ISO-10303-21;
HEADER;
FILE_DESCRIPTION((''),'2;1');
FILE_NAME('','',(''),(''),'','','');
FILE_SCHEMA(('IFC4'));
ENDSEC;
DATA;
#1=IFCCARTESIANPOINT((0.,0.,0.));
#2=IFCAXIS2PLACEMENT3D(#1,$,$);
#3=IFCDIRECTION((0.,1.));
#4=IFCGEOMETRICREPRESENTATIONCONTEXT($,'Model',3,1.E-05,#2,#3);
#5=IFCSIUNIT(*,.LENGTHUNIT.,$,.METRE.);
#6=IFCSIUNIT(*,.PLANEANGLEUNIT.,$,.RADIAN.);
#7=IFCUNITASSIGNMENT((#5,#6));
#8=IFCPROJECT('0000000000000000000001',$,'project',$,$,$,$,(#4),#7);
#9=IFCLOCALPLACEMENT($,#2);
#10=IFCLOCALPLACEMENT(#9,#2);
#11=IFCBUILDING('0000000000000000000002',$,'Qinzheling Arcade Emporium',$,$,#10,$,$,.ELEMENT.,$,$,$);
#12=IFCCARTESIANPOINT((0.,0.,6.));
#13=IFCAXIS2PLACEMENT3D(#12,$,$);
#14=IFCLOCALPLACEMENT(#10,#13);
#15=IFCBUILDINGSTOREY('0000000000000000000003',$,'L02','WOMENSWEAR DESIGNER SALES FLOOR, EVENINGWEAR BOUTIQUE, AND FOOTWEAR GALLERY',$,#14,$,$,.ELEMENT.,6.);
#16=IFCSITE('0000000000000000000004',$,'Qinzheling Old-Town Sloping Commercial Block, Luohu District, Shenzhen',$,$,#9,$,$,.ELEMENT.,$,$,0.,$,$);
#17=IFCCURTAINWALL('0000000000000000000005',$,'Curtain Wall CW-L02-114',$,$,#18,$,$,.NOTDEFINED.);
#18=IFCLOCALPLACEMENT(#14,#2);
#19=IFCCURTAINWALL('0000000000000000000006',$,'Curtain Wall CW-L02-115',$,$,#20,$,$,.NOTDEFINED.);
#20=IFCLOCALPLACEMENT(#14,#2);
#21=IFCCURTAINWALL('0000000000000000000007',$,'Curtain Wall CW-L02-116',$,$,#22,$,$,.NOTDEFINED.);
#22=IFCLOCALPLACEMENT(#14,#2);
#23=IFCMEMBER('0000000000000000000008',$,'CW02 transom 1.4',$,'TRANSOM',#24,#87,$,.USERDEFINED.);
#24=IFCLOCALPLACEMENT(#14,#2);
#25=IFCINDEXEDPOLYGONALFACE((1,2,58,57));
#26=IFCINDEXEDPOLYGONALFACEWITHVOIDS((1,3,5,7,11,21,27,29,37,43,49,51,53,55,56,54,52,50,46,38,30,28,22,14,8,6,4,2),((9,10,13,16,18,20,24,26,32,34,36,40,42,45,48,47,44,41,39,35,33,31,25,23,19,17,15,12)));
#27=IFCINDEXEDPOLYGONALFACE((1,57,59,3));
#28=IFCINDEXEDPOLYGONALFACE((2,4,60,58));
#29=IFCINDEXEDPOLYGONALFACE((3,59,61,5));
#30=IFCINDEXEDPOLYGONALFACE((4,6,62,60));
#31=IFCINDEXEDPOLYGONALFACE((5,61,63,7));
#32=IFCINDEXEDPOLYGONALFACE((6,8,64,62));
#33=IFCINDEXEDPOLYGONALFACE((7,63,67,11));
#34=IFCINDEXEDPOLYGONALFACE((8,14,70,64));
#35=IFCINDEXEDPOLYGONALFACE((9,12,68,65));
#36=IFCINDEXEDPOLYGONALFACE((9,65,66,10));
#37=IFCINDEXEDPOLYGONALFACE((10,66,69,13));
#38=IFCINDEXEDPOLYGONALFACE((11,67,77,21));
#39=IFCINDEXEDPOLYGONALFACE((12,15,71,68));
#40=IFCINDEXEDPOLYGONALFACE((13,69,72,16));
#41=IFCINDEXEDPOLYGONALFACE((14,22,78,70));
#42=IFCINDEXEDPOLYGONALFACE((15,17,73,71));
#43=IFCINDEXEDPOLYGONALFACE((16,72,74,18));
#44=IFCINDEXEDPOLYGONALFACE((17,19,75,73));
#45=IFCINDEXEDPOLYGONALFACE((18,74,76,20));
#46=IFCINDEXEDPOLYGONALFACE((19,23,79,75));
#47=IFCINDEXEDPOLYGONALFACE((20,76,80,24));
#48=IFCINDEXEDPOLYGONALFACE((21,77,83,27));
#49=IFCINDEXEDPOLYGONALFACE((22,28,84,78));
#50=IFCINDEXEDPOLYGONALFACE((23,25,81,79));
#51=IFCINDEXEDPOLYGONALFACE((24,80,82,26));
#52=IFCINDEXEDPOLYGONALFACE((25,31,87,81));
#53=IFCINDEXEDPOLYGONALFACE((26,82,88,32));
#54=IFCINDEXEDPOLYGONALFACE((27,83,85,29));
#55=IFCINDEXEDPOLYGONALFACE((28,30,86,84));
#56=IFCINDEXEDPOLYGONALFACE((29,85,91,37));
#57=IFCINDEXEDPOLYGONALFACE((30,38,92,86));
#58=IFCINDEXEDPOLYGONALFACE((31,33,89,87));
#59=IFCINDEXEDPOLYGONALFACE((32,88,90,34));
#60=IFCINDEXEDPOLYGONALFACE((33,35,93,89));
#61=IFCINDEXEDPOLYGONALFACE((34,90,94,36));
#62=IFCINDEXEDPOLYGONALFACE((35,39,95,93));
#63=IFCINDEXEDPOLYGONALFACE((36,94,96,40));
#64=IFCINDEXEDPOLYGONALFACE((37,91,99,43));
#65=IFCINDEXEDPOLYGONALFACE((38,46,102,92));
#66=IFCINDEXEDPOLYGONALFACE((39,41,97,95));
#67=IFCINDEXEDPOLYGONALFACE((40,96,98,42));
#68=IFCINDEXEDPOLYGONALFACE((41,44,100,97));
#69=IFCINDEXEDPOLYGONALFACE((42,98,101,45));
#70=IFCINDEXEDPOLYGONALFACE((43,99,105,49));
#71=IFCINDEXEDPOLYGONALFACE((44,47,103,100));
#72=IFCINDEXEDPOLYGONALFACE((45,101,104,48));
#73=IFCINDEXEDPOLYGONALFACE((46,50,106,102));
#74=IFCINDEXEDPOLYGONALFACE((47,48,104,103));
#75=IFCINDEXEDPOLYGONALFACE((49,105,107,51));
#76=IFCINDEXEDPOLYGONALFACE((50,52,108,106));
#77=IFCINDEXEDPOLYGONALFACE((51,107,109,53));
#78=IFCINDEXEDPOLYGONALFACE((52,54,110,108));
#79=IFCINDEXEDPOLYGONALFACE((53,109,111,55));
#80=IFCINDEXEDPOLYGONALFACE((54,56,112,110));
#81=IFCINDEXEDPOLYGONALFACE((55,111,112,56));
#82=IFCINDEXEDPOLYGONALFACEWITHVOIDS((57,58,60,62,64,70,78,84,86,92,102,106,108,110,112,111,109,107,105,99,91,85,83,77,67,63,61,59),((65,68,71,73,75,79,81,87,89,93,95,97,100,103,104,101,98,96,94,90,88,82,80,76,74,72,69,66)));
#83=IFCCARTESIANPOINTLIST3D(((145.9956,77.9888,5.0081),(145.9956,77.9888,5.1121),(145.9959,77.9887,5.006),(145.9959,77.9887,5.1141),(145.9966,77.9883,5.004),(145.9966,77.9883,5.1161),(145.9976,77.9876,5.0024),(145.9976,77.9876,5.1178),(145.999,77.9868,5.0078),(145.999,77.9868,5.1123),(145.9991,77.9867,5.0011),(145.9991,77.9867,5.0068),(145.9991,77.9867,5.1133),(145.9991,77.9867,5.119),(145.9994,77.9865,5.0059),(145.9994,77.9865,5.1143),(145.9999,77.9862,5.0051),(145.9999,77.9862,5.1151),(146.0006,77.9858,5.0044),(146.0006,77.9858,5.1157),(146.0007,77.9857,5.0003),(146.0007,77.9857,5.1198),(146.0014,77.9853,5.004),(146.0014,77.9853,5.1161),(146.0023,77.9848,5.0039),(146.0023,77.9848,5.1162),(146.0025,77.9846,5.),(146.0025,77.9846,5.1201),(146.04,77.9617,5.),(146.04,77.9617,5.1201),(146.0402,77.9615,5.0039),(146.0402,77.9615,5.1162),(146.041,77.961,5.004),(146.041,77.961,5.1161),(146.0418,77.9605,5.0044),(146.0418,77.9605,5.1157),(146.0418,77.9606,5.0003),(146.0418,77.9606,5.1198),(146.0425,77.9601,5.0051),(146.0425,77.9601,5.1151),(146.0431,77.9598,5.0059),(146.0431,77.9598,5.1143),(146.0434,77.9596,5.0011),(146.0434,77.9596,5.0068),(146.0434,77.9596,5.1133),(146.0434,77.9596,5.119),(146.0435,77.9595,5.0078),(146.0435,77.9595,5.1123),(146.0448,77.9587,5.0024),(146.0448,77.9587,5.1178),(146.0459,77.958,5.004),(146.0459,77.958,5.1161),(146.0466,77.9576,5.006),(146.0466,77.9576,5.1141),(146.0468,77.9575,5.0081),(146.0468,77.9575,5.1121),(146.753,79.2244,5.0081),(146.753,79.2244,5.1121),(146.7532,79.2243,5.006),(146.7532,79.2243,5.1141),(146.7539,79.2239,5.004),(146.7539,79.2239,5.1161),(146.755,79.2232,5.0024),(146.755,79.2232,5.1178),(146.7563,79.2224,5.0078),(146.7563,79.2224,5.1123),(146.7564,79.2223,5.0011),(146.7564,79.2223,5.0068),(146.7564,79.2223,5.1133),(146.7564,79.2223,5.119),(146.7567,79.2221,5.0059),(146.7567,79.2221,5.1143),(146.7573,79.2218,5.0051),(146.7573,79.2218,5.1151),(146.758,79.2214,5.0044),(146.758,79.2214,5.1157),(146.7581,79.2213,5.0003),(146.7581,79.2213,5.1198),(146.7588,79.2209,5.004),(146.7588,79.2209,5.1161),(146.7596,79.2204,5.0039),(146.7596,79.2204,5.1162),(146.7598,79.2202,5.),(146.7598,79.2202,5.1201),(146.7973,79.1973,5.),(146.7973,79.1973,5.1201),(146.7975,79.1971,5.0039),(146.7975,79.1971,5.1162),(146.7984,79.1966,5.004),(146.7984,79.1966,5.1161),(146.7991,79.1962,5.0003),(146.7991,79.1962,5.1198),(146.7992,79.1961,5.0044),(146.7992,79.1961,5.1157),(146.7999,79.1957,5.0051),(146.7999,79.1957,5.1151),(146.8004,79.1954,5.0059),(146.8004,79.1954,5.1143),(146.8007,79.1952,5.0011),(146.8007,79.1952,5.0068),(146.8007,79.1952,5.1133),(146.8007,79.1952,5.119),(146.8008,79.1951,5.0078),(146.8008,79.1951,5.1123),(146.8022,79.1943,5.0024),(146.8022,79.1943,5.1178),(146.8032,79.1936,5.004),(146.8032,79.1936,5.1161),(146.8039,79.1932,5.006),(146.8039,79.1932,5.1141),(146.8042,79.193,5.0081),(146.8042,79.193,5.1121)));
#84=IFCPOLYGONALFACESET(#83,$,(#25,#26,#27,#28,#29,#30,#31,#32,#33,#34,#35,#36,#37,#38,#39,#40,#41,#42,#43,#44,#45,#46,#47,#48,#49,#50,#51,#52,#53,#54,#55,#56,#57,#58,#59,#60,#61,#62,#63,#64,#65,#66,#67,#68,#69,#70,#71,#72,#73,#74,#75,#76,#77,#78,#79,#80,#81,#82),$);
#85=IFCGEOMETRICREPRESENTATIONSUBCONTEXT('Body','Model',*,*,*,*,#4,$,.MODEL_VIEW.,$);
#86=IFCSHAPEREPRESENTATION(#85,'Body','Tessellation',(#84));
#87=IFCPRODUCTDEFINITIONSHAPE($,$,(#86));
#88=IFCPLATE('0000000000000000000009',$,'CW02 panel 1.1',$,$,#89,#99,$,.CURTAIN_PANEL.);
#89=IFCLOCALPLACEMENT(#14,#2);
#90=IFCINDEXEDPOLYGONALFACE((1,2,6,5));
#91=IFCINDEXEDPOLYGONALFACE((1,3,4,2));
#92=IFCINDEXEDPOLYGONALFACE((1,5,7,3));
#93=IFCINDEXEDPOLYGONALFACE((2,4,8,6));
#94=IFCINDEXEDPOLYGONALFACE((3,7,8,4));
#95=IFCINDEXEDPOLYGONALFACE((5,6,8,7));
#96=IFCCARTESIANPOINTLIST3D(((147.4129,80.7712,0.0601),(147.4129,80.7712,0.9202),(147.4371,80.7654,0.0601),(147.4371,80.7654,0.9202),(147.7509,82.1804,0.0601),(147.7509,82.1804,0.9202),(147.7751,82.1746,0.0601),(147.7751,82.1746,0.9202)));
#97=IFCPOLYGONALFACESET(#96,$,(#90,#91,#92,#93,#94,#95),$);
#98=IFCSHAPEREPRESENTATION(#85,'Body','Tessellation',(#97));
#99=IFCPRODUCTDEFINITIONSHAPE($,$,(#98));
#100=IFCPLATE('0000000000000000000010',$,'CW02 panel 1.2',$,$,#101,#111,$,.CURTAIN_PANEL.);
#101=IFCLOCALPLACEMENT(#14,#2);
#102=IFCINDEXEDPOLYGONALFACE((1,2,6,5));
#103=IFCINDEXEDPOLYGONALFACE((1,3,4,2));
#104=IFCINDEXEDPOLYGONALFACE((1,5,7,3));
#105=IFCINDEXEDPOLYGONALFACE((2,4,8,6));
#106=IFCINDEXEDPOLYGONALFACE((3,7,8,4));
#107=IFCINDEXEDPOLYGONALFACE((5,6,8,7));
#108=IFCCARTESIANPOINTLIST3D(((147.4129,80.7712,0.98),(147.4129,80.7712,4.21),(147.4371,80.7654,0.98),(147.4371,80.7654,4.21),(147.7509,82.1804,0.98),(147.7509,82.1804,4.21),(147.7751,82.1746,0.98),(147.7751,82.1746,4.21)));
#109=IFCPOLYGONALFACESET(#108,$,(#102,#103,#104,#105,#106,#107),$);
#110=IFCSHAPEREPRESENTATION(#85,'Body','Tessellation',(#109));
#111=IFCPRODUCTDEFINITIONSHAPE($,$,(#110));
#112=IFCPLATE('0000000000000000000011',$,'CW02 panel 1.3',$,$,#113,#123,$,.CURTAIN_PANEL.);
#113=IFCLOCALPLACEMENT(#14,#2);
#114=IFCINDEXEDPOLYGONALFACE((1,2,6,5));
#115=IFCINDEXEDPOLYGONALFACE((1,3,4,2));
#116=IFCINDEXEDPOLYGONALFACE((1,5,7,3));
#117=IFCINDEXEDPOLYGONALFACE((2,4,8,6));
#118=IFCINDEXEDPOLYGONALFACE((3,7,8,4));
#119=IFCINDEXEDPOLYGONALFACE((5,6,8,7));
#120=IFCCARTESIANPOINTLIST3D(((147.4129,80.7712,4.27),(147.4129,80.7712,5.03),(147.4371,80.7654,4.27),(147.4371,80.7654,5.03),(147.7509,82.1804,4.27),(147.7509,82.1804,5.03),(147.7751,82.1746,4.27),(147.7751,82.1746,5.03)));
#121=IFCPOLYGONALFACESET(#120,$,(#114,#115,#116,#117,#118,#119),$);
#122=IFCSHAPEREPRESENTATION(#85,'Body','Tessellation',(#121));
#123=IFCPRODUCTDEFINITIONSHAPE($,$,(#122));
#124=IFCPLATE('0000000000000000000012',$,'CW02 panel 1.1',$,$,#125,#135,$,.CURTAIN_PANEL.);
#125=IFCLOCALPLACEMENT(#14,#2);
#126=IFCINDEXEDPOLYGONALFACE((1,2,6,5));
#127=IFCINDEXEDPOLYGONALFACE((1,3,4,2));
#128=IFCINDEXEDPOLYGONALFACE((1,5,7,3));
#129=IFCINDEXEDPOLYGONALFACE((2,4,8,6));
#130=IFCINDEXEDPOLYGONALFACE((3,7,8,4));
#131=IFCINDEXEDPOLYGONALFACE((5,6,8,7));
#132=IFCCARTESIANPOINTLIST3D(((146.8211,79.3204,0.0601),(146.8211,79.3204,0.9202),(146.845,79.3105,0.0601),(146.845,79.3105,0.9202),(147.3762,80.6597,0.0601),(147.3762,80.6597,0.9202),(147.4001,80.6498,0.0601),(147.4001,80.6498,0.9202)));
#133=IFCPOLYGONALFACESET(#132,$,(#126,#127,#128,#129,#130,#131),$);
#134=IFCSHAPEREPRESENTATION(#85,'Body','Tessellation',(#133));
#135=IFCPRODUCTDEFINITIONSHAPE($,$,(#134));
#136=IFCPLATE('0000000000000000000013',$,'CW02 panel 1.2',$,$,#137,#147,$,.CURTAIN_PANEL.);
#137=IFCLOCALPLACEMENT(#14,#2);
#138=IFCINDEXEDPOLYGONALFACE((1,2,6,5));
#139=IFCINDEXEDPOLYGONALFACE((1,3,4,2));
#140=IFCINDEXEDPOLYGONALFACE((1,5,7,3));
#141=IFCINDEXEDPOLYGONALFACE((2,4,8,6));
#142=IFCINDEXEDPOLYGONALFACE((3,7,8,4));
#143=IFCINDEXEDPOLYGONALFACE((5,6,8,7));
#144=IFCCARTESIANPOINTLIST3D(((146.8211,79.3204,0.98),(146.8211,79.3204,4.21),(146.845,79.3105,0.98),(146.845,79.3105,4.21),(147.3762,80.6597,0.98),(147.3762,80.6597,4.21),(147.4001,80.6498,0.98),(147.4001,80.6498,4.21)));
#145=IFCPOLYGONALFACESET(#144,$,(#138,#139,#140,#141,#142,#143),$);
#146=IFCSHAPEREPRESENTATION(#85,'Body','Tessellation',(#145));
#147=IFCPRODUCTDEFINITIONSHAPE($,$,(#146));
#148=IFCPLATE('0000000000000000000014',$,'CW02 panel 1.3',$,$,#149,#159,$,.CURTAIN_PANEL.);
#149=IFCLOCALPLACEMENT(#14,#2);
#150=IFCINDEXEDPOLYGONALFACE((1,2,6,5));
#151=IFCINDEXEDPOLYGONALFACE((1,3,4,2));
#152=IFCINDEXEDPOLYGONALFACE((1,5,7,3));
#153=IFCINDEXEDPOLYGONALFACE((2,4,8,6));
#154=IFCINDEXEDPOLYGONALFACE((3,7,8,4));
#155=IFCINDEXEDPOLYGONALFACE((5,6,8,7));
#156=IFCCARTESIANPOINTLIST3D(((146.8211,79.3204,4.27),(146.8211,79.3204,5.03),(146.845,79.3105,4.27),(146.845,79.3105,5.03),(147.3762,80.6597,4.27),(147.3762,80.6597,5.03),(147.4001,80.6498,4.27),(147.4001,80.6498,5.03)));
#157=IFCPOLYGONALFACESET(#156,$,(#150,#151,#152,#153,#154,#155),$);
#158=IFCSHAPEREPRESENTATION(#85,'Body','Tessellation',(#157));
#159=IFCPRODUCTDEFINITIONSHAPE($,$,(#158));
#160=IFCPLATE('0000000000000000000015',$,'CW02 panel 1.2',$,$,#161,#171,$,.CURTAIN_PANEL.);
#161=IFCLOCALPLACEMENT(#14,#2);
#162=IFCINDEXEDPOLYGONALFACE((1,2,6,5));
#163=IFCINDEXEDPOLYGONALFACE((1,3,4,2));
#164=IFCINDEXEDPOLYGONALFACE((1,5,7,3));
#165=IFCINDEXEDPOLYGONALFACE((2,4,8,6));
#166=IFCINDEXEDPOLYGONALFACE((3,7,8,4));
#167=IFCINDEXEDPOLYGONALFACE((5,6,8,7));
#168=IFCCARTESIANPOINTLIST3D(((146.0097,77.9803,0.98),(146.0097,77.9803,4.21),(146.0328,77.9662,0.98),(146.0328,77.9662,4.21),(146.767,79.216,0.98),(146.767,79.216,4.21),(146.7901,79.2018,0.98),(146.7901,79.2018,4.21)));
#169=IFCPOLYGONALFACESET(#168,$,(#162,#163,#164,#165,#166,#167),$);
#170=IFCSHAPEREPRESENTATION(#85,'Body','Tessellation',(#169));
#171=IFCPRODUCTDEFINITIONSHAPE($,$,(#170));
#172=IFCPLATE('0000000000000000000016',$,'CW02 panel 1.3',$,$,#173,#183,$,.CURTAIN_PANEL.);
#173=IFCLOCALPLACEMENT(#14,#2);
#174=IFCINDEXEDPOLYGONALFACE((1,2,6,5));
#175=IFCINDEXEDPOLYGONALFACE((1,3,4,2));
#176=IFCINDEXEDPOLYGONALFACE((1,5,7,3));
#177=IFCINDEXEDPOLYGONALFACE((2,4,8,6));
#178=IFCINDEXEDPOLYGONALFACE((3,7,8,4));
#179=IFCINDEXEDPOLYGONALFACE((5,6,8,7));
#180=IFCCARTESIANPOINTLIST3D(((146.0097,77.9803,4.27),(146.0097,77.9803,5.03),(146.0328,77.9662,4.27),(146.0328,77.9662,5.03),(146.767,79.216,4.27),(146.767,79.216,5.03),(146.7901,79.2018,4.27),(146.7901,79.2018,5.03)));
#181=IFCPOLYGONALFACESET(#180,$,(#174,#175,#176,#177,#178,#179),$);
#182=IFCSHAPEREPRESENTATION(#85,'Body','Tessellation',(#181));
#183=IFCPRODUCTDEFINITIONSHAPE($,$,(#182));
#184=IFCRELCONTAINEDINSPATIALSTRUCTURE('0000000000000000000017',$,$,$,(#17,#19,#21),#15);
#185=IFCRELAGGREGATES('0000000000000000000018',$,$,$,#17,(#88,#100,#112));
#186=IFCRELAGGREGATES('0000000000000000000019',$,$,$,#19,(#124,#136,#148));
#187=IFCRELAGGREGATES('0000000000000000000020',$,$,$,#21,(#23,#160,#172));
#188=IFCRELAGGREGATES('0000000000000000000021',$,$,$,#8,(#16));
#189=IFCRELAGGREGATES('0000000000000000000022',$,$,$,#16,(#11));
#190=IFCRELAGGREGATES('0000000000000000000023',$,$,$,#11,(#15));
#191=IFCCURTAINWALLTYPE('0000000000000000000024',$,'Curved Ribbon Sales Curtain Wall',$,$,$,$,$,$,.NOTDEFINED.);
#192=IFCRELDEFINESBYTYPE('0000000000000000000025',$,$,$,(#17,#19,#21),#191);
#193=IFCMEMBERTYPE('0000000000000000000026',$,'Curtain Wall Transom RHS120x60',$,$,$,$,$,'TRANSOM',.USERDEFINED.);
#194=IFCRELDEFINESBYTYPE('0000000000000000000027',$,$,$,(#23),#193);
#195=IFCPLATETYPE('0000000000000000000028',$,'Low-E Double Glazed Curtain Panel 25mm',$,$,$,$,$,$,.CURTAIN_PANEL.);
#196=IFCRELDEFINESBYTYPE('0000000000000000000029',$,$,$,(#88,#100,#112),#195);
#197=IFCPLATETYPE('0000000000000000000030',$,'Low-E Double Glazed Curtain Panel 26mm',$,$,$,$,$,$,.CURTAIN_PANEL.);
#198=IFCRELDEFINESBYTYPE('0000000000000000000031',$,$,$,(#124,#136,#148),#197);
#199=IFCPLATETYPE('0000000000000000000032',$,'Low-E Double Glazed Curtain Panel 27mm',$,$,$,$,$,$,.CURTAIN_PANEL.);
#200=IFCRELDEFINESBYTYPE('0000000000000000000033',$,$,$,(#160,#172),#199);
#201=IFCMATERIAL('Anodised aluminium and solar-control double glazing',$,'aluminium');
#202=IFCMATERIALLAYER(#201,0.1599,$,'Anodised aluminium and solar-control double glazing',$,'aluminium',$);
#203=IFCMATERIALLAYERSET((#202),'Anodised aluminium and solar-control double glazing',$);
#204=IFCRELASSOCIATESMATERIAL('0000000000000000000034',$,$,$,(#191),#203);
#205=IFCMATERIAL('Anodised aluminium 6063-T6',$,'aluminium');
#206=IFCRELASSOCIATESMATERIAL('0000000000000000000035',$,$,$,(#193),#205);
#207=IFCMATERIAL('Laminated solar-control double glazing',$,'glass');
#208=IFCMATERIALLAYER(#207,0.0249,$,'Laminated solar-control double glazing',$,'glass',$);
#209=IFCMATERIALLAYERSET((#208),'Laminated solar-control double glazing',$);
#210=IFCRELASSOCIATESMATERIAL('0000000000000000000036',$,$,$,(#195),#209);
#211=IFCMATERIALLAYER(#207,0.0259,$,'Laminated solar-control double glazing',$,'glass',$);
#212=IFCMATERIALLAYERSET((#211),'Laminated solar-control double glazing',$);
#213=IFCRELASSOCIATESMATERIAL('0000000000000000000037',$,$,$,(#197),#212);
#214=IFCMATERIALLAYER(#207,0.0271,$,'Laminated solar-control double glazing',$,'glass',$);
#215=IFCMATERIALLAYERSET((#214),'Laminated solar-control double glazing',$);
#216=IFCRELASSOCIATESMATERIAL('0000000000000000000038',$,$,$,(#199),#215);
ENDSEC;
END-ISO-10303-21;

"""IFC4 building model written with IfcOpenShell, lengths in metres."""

from ifc_helpers import new_model, si_unit, direction, frame, origin, origin_2d, place, context, subcontext, project, spatial, rectangle, hollow_rectangle, extrude, material, layer, layer_set, material_profile, profile_set, type_object, element, aggregate, save


model = new_model("IFC4")

# Units and contexts
model_context = context("Model", 3, precision=1e-05, world=origin(), true_north=direction((0.0, 1.0)))
body_context = subcontext(model_context, "Body", "Model", "MODEL_VIEW")
ifc_project = project(units=[si_unit("LENGTHUNIT", "METRE"), si_unit("PLANEANGLEUNIT", "RADIAN")], contexts=[model_context])

# Site, building, storey
site_placement = place(None, origin())
site = spatial("IfcSite", under=ifc_project, at=site_placement, Name="Qinzheling Old-Town Sloping Commercial Block, Luohu District, Shenzhen", CompositionType="ELEMENT", RefElevation=0.0)
building_placement = place(site_placement, origin())
building = spatial("IfcBuilding", under=site, at=building_placement, Name="Qinzheling Arcade Emporium", CompositionType="ELEMENT")
storey_placement = place(building_placement, frame((0.0, 0.0, 6.0)))
storey = spatial("IfcBuildingStorey", under=building, at=storey_placement, Name="L02", Description="WOMENSWEAR DESIGNER SALES FLOOR, EVENINGWEAR BOUTIQUE, AND FOOTWEAR GALLERY", CompositionType="ELEMENT", Elevation=6.0)

# Curtain wall
ifc_material_1 = material(Name="Anodised aluminium and solar-control double glazing", Category="aluminium")
ifc_layer_1 = layer(ifc_material_1, 0.1599, Name="Anodised aluminium and solar-control double glazing", Category="aluminium")
ifc_layer_set_1 = layer_set([ifc_layer_1], Name="Anodised aluminium and solar-control double glazing")
curtain_wall_type = type_object("IfcCurtainWallType", Name="Curved Ribbon Sales Curtain Wall", PredefinedType="NOTDEFINED", material=ifc_layer_set_1)
curtain_wall_1_placement = place(storey_placement, origin())
curtain_wall_1 = element("IfcCurtainWall", 1, at=curtain_wall_1_placement, inside=storey, type_object=curtain_wall_type, Name="Curtain Wall CW-L02-114", PredefinedType="NOTDEFINED")
ifc_material_2 = material(Name="Anodised aluminium 6063-T6", Category="aluminium")

# Curtain wall
curtain_wall_2_placement = place(storey_placement, origin())
curtain_wall_2 = element("IfcCurtainWall", 2, at=curtain_wall_2_placement, inside=storey, type_object=curtain_wall_type, Name="Curtain Wall CW-L02-115", PredefinedType="NOTDEFINED")

# Curtain wall
curtain_wall_3_placement = place(storey_placement, origin())
curtain_wall_3 = element("IfcCurtainWall", 3, at=curtain_wall_3_placement, inside=storey, type_object=curtain_wall_type, Name="Curtain Wall CW-L02-116", PredefinedType="NOTDEFINED")

# Member
ifc_material_profile_1 = material_profile(ifc_material_2, hollow_rectangle(XDim=0.0601, YDim=0.1201, WallThickness=0.0039, InnerFilletRadius=0.0039, OuterFilletRadius=0.0081, at=origin_2d()), Name="RHS 120x60x4", Category="aluminium")
ifc_profile_set_1 = profile_set([ifc_material_profile_1], Name="Anodised aluminium 6063-T6")
member_type_1 = type_object("IfcMemberType", Name="Curtain Wall Transom RHS120x60", ElementType="TRANSOM", PredefinedType="USERDEFINED", material=ifc_profile_set_1)
member_1_placement = place(storey_placement, frame((146.7786, 79.2087, 5.0601), z_axis=(-0.522574, -0.852594, 0.0), x_axis=(0.852594, -0.522574, 0.0)))
member_1 = element("IfcMember", 4, at=member_1_placement, type_object=member_type_1, Name="CW02 transom 1.4", ObjectType="TRANSOM", PredefinedType="USERDEFINED", context=body_context, shape_type="SweptSolid", body=[
    extrude(hollow_rectangle(XDim=0.0601, YDim=0.1201, WallThickness=0.0039, InnerFilletRadius=0.0039, OuterFilletRadius=0.0081, at=origin_2d()), origin(), (0.0, 0.0, 1.0), 1.4492),
])

# Plates
ifc_material_3 = material(Name="Laminated solar-control double glazing", Category="glass")
ifc_layer_2 = layer(ifc_material_3, 0.0249, Name="Laminated solar-control double glazing", Category="glass")
ifc_layer_set_2 = layer_set([ifc_layer_2], Name="Laminated solar-control double glazing")
plate_type_1 = type_object("IfcPlateType", Name="Low-E Double Glazed Curtain Panel 25mm", PredefinedType="CURTAIN_PANEL", material=ifc_layer_set_2)
plate_1_placement = place(storey_placement, frame((147.594, 81.4729, 0.0601), z_axis=(0.0, 0.0, 1.0), x_axis=(-0.233228, -0.972422, 0.0)))
plate_1 = element("IfcPlate", 5, at=plate_1_placement, type_object=plate_type_1, Name="CW02 panel 1.1", PredefinedType="CURTAIN_PANEL", context=body_context, shape_type="SweptSolid", body=[
    extrude(rectangle(XDim=1.4492, YDim=0.0249, at=origin_2d()), origin(), (0.0, 0.0, 1.0), 0.8601),
])
plate_2_placement = place(storey_placement, frame((147.594, 81.4729, 0.98), z_axis=(0.0, 0.0, 1.0), x_axis=(-0.233228, -0.972422, 0.0)))
plate_2 = element("IfcPlate", 6, at=plate_2_placement, type_object=plate_type_1, Name="CW02 panel 1.2", PredefinedType="CURTAIN_PANEL", context=body_context, shape_type="SweptSolid", body=[
    extrude(rectangle(XDim=1.4492, YDim=0.0249, at=origin_2d()), origin(), (0.0, 0.0, 1.0), 3.23),
])
plate_3_placement = place(storey_placement, frame((147.594, 81.4729, 4.27), z_axis=(0.0, 0.0, 1.0), x_axis=(-0.233228, -0.972422, 0.0)))
plate_3 = element("IfcPlate", 7, at=plate_3_placement, type_object=plate_type_1, Name="CW02 panel 1.3", PredefinedType="CURTAIN_PANEL", context=body_context, shape_type="SweptSolid", body=[
    extrude(rectangle(XDim=1.4492, YDim=0.0249, at=origin_2d()), origin(), (0.0, 0.0, 1.0), 0.76),
])
aggregate(curtain_wall_1, [plate_1, plate_2, plate_3])
ifc_layer_3 = layer(ifc_material_3, 0.0259, Name="Laminated solar-control double glazing", Category="glass")
ifc_layer_set_3 = layer_set([ifc_layer_3], Name="Laminated solar-control double glazing")
plate_type_2 = type_object("IfcPlateType", Name="Low-E Double Glazed Curtain Panel 26mm", PredefinedType="CURTAIN_PANEL", material=ifc_layer_set_3)
plate_4_placement = place(storey_placement, frame((147.1106, 79.9851, 0.0601), z_axis=(0.0, 0.0, 1.0), x_axis=(-0.382896, -0.923792, 0.0)))
plate_4 = element("IfcPlate", 8, at=plate_4_placement, type_object=plate_type_2, Name="CW02 panel 1.1", PredefinedType="CURTAIN_PANEL", context=body_context, shape_type="SweptSolid", body=[
    extrude(rectangle(XDim=1.4497, YDim=0.0259, at=origin_2d()), origin(), (0.0, 0.0, 1.0), 0.8601),
])
plate_5_placement = place(storey_placement, frame((147.1106, 79.9851, 0.98), z_axis=(0.0, 0.0, 1.0), x_axis=(-0.382896, -0.923792, 0.0)))
plate_5 = element("IfcPlate", 9, at=plate_5_placement, type_object=plate_type_2, Name="CW02 panel 1.2", PredefinedType="CURTAIN_PANEL", context=body_context, shape_type="SweptSolid", body=[
    extrude(rectangle(XDim=1.4497, YDim=0.0259, at=origin_2d()), origin(), (0.0, 0.0, 1.0), 3.23),
])
plate_6_placement = place(storey_placement, frame((147.1106, 79.9851, 4.27), z_axis=(0.0, 0.0, 1.0), x_axis=(-0.382896, -0.923792, 0.0)))
plate_6 = element("IfcPlate", 10, at=plate_6_placement, type_object=plate_type_2, Name="CW02 panel 1.3", PredefinedType="CURTAIN_PANEL", context=body_context, shape_type="SweptSolid", body=[
    extrude(rectangle(XDim=1.4497, YDim=0.0259, at=origin_2d()), origin(), (0.0, 0.0, 1.0), 0.76),
])
aggregate(curtain_wall_2, [plate_4, plate_5, plate_6])
ifc_layer_4 = layer(ifc_material_3, 0.0271, Name="Laminated solar-control double glazing", Category="glass")
ifc_layer_set_4 = layer_set([ifc_layer_4], Name="Laminated solar-control double glazing")
plate_type_3 = type_object("IfcPlateType", Name="Low-E Double Glazed Curtain Panel 27mm", PredefinedType="CURTAIN_PANEL", material=ifc_layer_set_4)
plate_7_placement = place(storey_placement, frame((146.3999, 78.5911, 0.98), z_axis=(0.0, 0.0, 1.0), x_axis=(-0.522532, -0.85262, 0.0)))
plate_7 = element("IfcPlate", 11, at=plate_7_placement, type_object=plate_type_3, Name="CW02 panel 1.2", PredefinedType="CURTAIN_PANEL", context=body_context, shape_type="SweptSolid", body=[
    extrude(rectangle(XDim=1.4492, YDim=0.0271, at=origin_2d()), origin(), (0.0, 0.0, 1.0), 3.23),
])
plate_8_placement = place(storey_placement, frame((146.3999, 78.5911, 4.27), z_axis=(0.0, 0.0, 1.0), x_axis=(-0.522532, -0.85262, 0.0)))
plate_8 = element("IfcPlate", 12, at=plate_8_placement, type_object=plate_type_3, Name="CW02 panel 1.3", PredefinedType="CURTAIN_PANEL", context=body_context, shape_type="SweptSolid", body=[
    extrude(rectangle(XDim=1.4492, YDim=0.0271, at=origin_2d()), origin(), (0.0, 0.0, 1.0), 0.76),
])
aggregate(curtain_wall_3, [member_1, plate_7, plate_8])

save(model, "model.ifc")
